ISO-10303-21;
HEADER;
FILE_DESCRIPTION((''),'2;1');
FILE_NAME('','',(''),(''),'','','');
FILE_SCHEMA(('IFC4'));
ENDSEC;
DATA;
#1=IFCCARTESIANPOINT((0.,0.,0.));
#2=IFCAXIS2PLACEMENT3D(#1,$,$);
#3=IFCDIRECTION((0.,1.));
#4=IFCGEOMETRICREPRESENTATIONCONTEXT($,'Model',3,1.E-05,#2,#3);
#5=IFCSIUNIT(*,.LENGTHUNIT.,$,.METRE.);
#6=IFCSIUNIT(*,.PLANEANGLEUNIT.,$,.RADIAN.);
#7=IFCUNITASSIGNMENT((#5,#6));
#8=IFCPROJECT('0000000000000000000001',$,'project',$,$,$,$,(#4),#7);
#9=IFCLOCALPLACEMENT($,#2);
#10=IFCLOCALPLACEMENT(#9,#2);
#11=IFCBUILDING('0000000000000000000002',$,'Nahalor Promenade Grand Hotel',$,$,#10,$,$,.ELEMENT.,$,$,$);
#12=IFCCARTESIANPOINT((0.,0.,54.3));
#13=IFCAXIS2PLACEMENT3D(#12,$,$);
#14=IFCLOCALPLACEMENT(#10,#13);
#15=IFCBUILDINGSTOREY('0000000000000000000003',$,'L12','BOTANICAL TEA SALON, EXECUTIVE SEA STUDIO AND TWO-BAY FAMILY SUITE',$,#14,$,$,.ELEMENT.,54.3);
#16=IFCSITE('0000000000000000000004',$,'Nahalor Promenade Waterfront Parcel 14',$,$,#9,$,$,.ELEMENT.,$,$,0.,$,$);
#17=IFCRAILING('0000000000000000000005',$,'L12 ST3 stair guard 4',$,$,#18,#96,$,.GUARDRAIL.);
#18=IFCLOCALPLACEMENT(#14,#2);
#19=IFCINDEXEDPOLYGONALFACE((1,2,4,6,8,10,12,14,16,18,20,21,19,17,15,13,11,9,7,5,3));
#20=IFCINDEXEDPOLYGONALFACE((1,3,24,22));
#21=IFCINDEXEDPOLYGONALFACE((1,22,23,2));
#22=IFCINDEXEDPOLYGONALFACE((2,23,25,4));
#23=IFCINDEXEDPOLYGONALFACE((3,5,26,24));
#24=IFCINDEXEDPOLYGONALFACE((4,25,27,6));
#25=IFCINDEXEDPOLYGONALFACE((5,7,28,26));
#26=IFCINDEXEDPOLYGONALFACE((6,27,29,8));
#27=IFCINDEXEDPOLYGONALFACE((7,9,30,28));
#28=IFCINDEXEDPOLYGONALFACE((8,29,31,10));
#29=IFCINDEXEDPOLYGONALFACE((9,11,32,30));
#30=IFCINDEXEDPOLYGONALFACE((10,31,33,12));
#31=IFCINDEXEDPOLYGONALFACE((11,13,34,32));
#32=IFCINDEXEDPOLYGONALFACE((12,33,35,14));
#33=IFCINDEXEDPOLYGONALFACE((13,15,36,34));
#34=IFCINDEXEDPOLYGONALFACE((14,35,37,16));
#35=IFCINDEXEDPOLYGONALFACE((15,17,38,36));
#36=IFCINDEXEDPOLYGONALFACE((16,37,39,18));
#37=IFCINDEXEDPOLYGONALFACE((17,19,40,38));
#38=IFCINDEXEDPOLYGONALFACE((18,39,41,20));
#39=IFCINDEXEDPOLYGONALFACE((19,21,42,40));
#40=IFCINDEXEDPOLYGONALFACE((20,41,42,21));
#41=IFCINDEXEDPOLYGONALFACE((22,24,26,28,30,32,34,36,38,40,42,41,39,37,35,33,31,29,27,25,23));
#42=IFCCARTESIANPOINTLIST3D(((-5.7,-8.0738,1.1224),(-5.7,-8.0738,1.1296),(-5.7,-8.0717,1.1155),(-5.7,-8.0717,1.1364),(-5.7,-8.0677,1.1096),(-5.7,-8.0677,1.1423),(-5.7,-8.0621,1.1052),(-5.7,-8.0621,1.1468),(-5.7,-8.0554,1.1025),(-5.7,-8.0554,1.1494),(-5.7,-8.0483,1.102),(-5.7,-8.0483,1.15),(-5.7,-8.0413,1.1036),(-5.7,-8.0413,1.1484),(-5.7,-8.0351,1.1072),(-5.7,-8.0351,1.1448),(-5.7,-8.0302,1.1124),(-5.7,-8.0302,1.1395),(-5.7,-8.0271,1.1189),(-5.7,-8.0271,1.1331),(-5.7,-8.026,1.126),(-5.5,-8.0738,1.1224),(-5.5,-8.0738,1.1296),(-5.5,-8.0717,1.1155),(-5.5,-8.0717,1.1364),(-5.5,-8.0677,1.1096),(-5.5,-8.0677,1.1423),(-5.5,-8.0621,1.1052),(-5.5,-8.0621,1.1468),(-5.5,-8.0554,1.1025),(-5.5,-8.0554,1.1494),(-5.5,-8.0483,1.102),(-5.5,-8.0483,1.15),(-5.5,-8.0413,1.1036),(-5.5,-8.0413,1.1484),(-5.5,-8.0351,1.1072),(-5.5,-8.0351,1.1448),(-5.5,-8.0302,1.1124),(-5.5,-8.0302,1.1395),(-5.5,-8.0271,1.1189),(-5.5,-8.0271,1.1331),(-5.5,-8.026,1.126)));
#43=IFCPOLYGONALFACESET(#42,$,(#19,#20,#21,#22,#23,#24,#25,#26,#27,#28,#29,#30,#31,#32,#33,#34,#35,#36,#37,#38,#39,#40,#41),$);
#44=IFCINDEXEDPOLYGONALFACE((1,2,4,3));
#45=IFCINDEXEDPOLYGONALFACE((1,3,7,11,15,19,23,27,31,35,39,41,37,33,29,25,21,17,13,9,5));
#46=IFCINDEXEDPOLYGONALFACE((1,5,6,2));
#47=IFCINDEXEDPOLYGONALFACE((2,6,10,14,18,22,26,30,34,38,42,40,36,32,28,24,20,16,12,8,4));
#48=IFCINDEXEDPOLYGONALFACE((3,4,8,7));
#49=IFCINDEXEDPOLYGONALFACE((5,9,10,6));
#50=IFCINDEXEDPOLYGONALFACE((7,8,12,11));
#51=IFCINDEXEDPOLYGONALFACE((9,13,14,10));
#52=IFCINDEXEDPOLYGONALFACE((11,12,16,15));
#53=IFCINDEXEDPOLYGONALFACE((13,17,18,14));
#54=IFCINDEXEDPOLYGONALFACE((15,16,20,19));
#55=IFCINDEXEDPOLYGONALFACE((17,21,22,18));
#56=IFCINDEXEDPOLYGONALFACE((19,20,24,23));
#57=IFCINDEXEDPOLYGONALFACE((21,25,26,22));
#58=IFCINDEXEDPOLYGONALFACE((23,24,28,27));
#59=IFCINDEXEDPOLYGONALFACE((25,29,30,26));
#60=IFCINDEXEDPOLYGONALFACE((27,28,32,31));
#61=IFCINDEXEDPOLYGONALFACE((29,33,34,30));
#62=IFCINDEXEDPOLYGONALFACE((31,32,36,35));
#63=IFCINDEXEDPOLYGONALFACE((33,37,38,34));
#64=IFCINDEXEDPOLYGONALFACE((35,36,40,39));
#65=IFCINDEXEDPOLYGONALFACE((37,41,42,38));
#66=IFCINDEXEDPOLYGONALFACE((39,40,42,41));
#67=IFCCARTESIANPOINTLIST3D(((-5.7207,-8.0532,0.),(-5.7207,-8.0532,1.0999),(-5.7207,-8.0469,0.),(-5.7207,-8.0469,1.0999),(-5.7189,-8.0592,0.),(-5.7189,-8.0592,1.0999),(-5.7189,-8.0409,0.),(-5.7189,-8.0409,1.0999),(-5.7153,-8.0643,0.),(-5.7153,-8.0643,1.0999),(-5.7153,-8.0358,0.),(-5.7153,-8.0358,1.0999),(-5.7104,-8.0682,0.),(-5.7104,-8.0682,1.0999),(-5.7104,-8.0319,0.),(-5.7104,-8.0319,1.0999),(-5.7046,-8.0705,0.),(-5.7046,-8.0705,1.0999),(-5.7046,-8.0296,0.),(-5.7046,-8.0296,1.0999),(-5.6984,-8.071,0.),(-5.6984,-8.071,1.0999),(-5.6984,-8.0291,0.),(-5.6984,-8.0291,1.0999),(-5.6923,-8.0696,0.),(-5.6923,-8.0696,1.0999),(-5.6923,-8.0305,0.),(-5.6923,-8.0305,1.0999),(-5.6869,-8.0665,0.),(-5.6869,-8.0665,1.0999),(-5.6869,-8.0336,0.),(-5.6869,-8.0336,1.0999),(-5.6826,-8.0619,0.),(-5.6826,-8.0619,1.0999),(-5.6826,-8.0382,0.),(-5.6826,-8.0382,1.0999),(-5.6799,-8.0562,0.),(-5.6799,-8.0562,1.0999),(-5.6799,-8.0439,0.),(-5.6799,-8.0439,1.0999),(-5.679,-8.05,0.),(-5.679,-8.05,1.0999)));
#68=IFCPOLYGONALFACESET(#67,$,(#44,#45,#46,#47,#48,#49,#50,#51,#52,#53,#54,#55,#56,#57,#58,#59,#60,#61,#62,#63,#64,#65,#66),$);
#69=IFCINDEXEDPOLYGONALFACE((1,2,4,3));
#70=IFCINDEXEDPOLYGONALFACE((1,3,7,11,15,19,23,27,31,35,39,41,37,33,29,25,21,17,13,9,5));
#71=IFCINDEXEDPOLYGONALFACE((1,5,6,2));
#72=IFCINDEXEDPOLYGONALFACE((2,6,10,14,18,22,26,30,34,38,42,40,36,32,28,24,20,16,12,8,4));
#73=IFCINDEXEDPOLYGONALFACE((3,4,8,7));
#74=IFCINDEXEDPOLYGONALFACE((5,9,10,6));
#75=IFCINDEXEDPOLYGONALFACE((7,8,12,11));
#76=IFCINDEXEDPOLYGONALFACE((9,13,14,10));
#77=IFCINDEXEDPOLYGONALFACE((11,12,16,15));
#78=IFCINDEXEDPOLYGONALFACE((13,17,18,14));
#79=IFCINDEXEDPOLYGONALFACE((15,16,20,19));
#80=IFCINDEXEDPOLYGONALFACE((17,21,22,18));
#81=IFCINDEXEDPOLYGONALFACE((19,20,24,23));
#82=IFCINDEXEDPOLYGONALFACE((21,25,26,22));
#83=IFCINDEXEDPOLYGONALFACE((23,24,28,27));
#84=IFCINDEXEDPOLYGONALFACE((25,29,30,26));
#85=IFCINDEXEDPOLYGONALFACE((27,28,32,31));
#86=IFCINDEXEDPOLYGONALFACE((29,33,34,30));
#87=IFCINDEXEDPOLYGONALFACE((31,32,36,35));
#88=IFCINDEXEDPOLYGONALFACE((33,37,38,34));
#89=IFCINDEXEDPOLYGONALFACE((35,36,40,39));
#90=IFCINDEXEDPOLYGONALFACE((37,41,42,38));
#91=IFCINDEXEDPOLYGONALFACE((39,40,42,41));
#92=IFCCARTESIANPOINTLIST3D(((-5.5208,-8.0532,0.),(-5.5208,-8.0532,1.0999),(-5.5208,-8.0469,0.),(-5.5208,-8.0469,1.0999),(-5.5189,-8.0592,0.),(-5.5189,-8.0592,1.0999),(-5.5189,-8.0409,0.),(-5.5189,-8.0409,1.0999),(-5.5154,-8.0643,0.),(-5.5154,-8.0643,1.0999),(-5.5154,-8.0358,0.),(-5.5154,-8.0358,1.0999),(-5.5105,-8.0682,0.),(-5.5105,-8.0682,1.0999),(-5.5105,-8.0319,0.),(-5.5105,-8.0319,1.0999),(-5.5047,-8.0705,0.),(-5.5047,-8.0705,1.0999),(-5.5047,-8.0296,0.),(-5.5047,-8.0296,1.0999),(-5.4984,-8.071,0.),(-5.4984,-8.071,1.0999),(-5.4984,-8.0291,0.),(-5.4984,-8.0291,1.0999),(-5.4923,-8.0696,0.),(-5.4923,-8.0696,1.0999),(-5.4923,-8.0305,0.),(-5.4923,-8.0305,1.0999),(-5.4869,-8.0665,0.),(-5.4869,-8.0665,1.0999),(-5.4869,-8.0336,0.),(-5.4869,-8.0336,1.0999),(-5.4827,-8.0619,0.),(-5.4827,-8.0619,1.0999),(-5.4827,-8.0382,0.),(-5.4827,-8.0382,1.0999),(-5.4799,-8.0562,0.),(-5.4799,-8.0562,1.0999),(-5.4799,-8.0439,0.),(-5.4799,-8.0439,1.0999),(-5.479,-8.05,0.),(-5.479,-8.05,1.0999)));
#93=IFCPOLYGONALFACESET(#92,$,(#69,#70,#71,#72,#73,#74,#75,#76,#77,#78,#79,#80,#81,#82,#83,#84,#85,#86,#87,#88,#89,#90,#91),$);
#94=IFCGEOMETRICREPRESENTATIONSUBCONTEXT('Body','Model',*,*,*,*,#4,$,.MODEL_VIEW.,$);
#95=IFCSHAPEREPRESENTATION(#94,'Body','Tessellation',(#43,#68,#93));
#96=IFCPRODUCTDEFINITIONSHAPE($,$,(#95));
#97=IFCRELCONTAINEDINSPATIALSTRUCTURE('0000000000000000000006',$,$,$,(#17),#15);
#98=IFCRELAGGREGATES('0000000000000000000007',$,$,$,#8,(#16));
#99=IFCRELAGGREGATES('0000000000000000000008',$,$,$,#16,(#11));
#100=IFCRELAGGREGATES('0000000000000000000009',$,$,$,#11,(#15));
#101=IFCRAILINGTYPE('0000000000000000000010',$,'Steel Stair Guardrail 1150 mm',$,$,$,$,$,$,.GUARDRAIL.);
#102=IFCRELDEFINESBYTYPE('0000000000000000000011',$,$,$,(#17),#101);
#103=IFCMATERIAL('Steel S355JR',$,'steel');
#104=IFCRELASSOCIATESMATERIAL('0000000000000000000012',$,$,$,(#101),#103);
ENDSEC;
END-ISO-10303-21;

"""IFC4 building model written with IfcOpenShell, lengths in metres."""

from ifc_helpers import new_model, si_unit, direction, frame, origin, origin_2d, place, context, subcontext, project, spatial, circle, extrude, material, type_object, element, save


model = new_model("IFC4")

# Units and contexts
model_context = context("Model", 3, precision=1e-05, world=origin(), true_north=direction((0.0, 1.0)))
body_context = subcontext(model_context, "Body", "Model", "MODEL_VIEW")
ifc_project = project(units=[si_unit("LENGTHUNIT", "METRE"), si_unit("PLANEANGLEUNIT", "RADIAN")], contexts=[model_context])

# Site, building, storey
site_placement = place(None, origin())
site = spatial("IfcSite", under=ifc_project, at=site_placement, Name="Nahalor Promenade Waterfront Parcel 14", CompositionType="ELEMENT", RefElevation=0.0)
building_placement = place(site_placement, origin())
building = spatial("IfcBuilding", under=site, at=building_placement, Name="Nahalor Promenade Grand Hotel", CompositionType="ELEMENT")
storey_placement = place(building_placement, frame((0.0, 0.0, 54.3)))
storey = spatial("IfcBuildingStorey", under=building, at=storey_placement, Name="L12", Description="BOTANICAL TEA SALON, EXECUTIVE SEA STUDIO AND TWO-BAY FAMILY SUITE", CompositionType="ELEMENT", Elevation=54.3)

# Shared definitions
ifc_material_1 = material(Name="Steel S355JR", Category="steel")

# Railing
railing_type_1 = type_object("IfcRailingType", Name="Steel Stair Guardrail 1150 mm", PredefinedType="GUARDRAIL", material=ifc_material_1)
railing_1_placement = place(storey_placement, frame((-5.7, -8.05, 0.0)))
element("IfcRailing", 1, at=railing_1_placement, inside=storey, type_object=railing_type_1, Name="L12 ST3 stair guard 4", PredefinedType="GUARDRAIL", context=body_context, shape_type="SweptSolid", body=[
    extrude(circle(Radius=0.024, at=origin_2d()), frame((0.0, 0.0, 1.126), z_axis=(1.0, 0.0, 0.0), x_axis=(0.0, 1.0, 0.0)), (0.0, 0.0, 1.0), 0.2),
    extrude(circle(Radius=0.021, at=origin_2d()), origin(), (0.0, 0.0, 1.0), 1.0999),
    extrude(circle(Radius=0.021, at=origin_2d()), frame((0.2, 0.0, 0.0)), (0.0, 0.0, 1.0), 1.0999),
])

save(model, "model.ifc")
